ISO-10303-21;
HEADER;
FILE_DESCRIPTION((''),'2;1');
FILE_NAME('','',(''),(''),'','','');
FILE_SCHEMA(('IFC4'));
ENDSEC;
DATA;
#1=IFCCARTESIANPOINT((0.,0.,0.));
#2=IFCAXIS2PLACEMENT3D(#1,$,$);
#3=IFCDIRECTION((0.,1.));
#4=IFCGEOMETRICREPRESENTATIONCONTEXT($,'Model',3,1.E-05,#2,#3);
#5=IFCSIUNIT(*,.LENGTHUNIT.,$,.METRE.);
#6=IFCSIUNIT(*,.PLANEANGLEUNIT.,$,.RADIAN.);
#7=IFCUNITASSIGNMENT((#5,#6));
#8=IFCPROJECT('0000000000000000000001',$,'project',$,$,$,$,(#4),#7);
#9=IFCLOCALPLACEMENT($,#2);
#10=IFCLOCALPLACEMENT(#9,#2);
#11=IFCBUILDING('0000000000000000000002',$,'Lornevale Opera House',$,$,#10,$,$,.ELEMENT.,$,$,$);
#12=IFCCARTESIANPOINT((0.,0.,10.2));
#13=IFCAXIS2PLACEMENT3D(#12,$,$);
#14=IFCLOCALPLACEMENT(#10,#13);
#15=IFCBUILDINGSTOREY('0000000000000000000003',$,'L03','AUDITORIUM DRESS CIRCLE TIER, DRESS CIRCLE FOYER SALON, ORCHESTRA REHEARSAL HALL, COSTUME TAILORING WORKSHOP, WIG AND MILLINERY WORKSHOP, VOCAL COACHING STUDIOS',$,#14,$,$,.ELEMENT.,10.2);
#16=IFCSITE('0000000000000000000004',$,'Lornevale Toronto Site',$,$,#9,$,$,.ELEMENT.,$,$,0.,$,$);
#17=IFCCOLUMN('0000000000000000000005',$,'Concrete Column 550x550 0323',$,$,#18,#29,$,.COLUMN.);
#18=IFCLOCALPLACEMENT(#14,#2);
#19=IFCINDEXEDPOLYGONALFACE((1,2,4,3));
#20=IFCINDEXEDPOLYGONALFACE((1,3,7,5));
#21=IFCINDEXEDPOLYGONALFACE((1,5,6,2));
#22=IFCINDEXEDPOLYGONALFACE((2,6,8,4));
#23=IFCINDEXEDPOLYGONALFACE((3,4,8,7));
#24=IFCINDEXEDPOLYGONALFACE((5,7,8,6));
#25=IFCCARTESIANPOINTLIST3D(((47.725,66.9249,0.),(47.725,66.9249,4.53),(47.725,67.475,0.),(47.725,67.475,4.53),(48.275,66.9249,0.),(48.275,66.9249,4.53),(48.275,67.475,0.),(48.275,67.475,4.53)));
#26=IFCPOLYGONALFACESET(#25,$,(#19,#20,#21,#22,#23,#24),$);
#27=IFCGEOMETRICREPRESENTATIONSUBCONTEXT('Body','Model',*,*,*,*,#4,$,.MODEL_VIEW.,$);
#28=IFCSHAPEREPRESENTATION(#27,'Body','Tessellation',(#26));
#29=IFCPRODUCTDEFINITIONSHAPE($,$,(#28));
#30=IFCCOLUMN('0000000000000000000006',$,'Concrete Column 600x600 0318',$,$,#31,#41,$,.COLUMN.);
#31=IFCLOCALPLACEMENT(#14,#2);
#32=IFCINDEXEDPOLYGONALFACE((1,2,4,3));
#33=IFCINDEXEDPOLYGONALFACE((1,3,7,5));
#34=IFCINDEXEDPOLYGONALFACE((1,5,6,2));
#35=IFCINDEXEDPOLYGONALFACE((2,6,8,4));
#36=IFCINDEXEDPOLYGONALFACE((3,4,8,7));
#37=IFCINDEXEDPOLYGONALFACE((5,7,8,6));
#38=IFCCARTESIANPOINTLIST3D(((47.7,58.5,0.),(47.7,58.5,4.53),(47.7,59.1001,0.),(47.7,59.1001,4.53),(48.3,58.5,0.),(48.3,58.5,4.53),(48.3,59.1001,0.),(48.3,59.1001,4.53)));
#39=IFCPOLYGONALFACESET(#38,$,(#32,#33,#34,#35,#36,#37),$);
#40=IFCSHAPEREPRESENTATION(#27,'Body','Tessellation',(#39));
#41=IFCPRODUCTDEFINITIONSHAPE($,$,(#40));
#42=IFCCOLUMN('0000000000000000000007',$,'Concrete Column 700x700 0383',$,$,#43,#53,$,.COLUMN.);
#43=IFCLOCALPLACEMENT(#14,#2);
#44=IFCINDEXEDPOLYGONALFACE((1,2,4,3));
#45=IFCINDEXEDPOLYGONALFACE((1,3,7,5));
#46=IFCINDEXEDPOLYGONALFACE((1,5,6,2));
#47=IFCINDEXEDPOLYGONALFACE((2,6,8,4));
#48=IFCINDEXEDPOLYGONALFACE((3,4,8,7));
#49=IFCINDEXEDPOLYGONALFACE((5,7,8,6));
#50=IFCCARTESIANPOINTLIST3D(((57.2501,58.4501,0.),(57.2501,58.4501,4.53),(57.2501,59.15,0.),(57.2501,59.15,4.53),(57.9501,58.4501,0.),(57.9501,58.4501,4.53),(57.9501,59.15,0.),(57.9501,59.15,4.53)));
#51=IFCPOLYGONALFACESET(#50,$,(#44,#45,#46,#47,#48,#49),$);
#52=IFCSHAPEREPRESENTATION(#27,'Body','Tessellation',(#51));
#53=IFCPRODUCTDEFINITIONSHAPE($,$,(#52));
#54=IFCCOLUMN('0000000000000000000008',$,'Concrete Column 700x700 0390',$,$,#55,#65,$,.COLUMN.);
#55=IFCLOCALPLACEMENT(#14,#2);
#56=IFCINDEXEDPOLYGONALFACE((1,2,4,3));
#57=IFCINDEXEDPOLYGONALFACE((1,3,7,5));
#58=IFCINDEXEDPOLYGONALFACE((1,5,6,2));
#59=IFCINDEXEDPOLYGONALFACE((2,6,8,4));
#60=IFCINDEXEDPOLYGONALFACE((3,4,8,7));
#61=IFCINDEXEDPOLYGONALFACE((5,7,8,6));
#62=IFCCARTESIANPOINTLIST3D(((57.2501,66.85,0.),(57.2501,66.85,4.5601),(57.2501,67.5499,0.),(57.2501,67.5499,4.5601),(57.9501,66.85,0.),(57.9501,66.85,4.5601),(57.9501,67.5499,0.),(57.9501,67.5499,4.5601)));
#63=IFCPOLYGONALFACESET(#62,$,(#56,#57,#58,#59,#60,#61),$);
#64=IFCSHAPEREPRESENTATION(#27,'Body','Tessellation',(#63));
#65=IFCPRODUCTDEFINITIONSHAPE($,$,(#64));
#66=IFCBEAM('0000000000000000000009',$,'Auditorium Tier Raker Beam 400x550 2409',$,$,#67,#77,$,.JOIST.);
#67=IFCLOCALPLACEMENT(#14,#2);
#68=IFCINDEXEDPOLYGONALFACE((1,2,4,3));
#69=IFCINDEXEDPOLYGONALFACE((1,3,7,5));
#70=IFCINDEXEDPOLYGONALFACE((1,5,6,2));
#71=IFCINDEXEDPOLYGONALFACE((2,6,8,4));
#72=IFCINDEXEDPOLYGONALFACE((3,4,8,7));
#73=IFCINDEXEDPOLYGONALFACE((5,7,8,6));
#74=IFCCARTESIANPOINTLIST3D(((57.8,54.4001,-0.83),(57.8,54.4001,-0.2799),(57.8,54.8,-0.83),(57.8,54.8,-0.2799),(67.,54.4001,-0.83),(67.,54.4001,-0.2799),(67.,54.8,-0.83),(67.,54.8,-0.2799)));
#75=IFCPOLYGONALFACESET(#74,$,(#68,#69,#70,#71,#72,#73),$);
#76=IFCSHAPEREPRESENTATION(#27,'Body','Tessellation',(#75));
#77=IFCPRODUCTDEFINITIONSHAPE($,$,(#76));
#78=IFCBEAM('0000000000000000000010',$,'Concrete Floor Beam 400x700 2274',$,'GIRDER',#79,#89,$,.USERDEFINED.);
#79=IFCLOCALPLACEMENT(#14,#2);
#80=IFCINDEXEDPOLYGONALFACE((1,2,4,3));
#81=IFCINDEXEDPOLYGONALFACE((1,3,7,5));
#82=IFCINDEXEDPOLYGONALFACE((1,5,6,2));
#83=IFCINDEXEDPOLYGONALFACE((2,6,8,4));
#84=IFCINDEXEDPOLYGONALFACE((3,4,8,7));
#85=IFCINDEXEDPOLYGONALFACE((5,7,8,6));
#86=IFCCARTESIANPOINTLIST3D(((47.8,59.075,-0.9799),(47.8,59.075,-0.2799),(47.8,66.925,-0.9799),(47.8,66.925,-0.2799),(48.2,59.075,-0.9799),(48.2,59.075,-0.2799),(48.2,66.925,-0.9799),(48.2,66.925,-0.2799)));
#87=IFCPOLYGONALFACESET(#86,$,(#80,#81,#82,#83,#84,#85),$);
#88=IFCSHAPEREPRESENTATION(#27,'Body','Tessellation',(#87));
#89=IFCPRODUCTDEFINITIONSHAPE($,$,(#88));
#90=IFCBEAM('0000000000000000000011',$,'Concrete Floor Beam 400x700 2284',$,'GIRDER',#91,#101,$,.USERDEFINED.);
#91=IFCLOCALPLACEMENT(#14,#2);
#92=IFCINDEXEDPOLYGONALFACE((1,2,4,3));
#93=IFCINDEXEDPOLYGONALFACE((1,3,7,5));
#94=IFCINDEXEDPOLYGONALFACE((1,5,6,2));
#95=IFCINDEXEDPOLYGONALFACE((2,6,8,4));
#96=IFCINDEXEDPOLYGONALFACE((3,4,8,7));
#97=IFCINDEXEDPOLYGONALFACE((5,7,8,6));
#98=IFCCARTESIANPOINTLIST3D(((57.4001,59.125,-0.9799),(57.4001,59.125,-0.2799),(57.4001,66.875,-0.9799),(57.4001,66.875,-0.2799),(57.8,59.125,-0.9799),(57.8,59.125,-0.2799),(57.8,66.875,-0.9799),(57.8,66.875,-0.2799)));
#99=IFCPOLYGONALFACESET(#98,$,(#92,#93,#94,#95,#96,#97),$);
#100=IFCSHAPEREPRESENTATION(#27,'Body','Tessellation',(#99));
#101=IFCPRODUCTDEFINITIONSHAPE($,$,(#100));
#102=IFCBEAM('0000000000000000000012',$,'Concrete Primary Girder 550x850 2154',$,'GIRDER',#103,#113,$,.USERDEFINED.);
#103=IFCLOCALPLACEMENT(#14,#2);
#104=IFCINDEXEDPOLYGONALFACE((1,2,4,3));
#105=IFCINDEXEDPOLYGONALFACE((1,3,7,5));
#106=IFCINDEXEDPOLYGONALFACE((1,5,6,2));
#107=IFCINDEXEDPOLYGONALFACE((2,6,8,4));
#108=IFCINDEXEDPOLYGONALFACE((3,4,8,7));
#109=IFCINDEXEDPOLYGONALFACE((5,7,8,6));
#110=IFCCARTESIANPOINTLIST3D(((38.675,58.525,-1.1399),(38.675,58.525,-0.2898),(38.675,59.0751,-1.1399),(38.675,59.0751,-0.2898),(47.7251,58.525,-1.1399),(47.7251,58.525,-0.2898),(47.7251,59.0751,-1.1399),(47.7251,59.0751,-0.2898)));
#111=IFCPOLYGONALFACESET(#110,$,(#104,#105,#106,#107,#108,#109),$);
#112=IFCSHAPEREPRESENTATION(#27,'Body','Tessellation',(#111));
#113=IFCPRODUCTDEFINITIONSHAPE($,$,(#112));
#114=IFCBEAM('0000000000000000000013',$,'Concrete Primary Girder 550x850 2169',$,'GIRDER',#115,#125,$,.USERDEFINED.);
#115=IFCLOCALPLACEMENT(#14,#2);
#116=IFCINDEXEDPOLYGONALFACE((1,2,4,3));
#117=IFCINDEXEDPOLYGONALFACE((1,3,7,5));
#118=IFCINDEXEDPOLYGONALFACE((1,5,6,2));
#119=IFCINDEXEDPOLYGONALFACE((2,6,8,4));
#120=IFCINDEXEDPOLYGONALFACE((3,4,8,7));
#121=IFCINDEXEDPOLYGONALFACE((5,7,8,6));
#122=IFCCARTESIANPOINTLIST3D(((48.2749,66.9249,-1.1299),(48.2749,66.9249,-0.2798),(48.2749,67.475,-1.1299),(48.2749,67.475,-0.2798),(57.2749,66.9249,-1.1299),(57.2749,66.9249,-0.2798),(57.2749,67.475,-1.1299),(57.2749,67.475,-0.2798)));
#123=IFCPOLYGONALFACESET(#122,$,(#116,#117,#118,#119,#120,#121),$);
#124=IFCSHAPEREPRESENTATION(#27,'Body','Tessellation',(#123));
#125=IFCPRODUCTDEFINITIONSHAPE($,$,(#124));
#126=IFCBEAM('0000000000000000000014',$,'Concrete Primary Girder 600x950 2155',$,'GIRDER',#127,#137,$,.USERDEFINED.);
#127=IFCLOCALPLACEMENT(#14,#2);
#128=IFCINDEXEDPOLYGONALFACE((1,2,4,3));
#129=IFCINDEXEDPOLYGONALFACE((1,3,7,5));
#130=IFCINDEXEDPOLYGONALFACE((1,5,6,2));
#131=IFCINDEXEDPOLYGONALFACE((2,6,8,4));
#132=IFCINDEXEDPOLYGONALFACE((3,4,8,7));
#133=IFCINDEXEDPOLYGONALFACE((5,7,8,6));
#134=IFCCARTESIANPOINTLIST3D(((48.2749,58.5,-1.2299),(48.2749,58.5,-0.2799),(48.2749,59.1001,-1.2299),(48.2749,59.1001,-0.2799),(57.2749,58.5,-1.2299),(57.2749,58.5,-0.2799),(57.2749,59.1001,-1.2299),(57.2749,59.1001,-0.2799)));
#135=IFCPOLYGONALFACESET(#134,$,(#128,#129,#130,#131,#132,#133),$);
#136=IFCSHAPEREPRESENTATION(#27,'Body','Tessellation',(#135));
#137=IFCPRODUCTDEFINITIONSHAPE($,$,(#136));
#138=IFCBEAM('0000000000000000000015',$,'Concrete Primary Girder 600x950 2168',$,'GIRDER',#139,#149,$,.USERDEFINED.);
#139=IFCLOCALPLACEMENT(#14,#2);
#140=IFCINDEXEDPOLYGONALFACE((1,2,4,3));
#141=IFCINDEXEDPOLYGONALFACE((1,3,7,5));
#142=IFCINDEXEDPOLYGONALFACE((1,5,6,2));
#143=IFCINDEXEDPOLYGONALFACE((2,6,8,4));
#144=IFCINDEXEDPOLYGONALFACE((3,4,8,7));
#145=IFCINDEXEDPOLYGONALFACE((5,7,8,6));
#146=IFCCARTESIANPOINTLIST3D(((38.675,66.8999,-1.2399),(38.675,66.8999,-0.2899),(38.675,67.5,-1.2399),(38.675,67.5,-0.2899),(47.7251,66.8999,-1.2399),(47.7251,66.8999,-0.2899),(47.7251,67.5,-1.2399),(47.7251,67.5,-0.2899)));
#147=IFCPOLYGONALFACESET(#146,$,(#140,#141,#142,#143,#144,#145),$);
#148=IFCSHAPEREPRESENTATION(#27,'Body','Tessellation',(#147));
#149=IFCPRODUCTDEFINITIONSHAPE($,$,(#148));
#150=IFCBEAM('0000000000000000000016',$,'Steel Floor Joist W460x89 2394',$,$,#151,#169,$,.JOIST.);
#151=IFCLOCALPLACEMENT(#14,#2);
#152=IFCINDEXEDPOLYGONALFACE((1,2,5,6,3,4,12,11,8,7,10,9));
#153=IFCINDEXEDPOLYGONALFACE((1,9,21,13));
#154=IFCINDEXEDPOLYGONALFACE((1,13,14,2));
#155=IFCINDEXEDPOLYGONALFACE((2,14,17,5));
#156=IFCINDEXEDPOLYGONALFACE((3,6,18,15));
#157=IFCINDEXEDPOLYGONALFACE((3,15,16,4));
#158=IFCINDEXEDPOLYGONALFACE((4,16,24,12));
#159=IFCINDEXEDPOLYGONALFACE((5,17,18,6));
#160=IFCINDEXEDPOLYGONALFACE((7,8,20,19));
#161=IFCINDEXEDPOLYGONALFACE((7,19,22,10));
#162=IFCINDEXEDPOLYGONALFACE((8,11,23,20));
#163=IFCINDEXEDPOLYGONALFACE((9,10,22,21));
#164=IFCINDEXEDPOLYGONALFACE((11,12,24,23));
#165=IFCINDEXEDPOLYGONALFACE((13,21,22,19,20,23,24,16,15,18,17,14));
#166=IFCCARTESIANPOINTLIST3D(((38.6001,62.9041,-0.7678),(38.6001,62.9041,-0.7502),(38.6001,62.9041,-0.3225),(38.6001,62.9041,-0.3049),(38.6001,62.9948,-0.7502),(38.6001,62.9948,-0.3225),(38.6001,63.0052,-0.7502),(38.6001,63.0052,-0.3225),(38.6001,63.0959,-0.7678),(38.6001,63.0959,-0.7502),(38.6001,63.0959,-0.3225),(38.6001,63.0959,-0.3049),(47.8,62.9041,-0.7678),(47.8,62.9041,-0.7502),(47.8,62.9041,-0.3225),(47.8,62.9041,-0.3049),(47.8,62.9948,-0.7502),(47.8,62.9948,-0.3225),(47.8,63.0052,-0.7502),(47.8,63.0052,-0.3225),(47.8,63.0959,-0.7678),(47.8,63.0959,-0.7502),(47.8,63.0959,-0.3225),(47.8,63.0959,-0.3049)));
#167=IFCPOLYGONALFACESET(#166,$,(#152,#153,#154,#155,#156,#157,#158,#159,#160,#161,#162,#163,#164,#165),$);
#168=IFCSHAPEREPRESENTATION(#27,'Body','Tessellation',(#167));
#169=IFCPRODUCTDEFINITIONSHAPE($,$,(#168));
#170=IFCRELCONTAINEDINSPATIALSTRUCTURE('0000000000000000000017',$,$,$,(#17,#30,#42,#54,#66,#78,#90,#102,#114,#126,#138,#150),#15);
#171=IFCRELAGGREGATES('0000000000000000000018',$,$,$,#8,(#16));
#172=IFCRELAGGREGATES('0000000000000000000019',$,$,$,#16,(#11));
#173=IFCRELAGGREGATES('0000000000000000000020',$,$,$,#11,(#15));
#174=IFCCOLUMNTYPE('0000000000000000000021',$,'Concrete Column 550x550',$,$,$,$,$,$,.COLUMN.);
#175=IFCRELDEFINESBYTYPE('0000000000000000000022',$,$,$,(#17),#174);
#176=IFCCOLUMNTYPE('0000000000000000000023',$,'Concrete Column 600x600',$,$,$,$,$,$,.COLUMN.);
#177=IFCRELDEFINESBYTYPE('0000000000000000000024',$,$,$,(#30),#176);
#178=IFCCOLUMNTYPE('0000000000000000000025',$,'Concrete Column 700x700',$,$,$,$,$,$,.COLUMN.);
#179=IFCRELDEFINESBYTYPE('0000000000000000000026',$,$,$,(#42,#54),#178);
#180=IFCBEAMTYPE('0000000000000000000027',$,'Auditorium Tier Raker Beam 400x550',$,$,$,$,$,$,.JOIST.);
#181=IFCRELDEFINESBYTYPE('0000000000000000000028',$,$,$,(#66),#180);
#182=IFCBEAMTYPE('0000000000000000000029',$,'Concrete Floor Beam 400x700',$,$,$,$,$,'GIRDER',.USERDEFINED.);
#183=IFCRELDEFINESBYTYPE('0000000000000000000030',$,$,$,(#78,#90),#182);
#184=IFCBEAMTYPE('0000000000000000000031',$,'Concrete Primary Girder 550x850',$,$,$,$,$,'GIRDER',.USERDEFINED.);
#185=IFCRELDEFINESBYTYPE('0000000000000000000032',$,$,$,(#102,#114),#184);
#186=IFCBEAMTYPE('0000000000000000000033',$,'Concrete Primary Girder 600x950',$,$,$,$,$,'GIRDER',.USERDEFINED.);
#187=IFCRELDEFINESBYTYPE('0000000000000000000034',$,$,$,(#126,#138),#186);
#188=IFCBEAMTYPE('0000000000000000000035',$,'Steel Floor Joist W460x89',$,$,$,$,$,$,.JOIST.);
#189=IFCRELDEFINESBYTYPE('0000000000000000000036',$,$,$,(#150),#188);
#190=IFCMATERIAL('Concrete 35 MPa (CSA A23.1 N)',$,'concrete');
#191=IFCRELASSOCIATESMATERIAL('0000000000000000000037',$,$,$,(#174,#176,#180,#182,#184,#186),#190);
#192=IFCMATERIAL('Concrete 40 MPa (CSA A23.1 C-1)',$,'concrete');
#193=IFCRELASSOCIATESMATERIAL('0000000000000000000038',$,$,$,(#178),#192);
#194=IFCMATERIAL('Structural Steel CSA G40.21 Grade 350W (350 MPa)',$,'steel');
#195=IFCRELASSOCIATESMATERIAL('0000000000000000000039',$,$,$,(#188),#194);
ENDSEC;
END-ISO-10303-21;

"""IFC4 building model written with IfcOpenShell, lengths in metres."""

from ifc_helpers import new_model, si_unit, direction, frame, origin, origin_2d, place, context, subcontext, project, spatial, rectangle, i_section, extrude, material, material_profile, profile_set, type_object, element, save


model = new_model("IFC4")

# Units and contexts
model_context = context("Model", 3, precision=1e-05, world=origin(), true_north=direction((0.0, 1.0)))
body_context = subcontext(model_context, "Body", "Model", "MODEL_VIEW")
ifc_project = project(units=[si_unit("LENGTHUNIT", "METRE"), si_unit("PLANEANGLEUNIT", "RADIAN")], contexts=[model_context])

# Site, building, storey
site_placement = place(None, origin())
site = spatial("IfcSite", under=ifc_project, at=site_placement, Name="Lornevale Toronto Site", CompositionType="ELEMENT", RefElevation=0.0)
building_placement = place(site_placement, origin())
building = spatial("IfcBuilding", under=site, at=building_placement, Name="Lornevale Opera House", CompositionType="ELEMENT")
storey_placement = place(building_placement, frame((0.0, 0.0, 10.2)))
storey = spatial("IfcBuildingStorey", under=building, at=storey_placement, Name="L03", Description="AUDITORIUM DRESS CIRCLE TIER, DRESS CIRCLE FOYER SALON, ORCHESTRA REHEARSAL HALL, COSTUME TAILORING WORKSHOP, WIG AND MILLINERY WORKSHOP, VOCAL COACHING STUDIOS", CompositionType="ELEMENT", Elevation=10.2)

# Columns
ifc_material_1 = material(Name="Concrete 35 MPa (CSA A23.1 N)", Category="concrete")
ifc_material_profile_1 = material_profile(ifc_material_1, rectangle(XDim=0.55, YDim=0.55, at=origin_2d()), Name="RC550x550")
ifc_profile_set_1 = profile_set([ifc_material_profile_1], Name="Concrete 35 MPa (CSA A23.1 N)")
column_type_1 = type_object("IfcColumnType", Name="Concrete Column 550x550", PredefinedType="COLUMN", material=ifc_profile_set_1)
column_1_placement = place(storey_placement, frame((48.0, 67.2, 0.0), z_axis=(0.0, 0.0, 1.0), x_axis=(1.0, 0.0, 0.0)))
element("IfcColumn", 1, at=column_1_placement, inside=storey, type_object=column_type_1, Name="Concrete Column 550x550 0323", PredefinedType="COLUMN", context=body_context, shape_type="SweptSolid", body=[
    extrude(rectangle(XDim=0.55, YDim=0.55, at=origin_2d()), origin(), (0.0, 0.0, 1.0), 4.53),
])
ifc_material_profile_2 = material_profile(ifc_material_1, rectangle(XDim=0.6001, YDim=0.6001, at=origin_2d()), Name="RC600x600")
ifc_profile_set_2 = profile_set([ifc_material_profile_2], Name="Concrete 35 MPa (CSA A23.1 N)")
column_type_2 = type_object("IfcColumnType", Name="Concrete Column 600x600", PredefinedType="COLUMN", material=ifc_profile_set_2)
column_2_placement = place(storey_placement, frame((48.0, 58.8, 0.0), z_axis=(0.0, 0.0, 1.0), x_axis=(1.0, 0.0, 0.0)))
element("IfcColumn", 2, at=column_2_placement, inside=storey, type_object=column_type_2, Name="Concrete Column 600x600 0318", PredefinedType="COLUMN", context=body_context, shape_type="SweptSolid", body=[
    extrude(rectangle(XDim=0.6001, YDim=0.6001, at=origin_2d()), origin(), (0.0, 0.0, 1.0), 4.53),
])
ifc_material_2 = material(Name="Concrete 40 MPa (CSA A23.1 C-1)", Category="concrete")
ifc_material_profile_3 = material_profile(ifc_material_2, rectangle(XDim=0.7, YDim=0.7, at=origin_2d()), Name="RC700x700")
ifc_profile_set_3 = profile_set([ifc_material_profile_3], Name="Concrete 40 MPa (CSA A23.1 C-1)")
column_type_3 = type_object("IfcColumnType", Name="Concrete Column 700x700", PredefinedType="COLUMN", material=ifc_profile_set_3)
column_3_placement = place(storey_placement, frame((57.6001, 58.8, 0.0), z_axis=(0.0, 0.0, 1.0), x_axis=(1.0, 0.0, 0.0)))
element("IfcColumn", 3, at=column_3_placement, inside=storey, type_object=column_type_3, Name="Concrete Column 700x700 0383", PredefinedType="COLUMN", context=body_context, shape_type="SweptSolid", body=[
    extrude(rectangle(XDim=0.7, YDim=0.7, at=origin_2d()), origin(), (0.0, 0.0, 1.0), 4.53),
])
column_4_placement = place(storey_placement, frame((57.6001, 67.2, 0.0), z_axis=(0.0, 0.0, 1.0), x_axis=(1.0, 0.0, 0.0)))
element("IfcColumn", 4, at=column_4_placement, inside=storey, type_object=column_type_3, Name="Concrete Column 700x700 0390", PredefinedType="COLUMN", context=body_context, shape_type="SweptSolid", body=[
    extrude(rectangle(XDim=0.7, YDim=0.7, at=origin_2d()), origin(), (0.0, 0.0, 1.0), 4.5601),
])

# Beams
ifc_material_profile_4 = material_profile(ifc_material_1, rectangle(XDim=0.3999, YDim=0.55, at=origin_2d()), Name="RC400x550")
ifc_profile_set_4 = profile_set([ifc_material_profile_4], Name="Concrete 35 MPa (CSA A23.1 N)")
beam_type_1 = type_object("IfcBeamType", Name="Auditorium Tier Raker Beam 400x550", PredefinedType="JOIST", material=ifc_profile_set_4)
beam_1_placement = place(storey_placement, frame((57.8, 54.6001, -0.5549), z_axis=(1.0, 0.0, 0.0), x_axis=(0.0, 1.0, 0.0)))
element("IfcBeam", 5, at=beam_1_placement, inside=storey, type_object=beam_type_1, Name="Auditorium Tier Raker Beam 400x550 2409", PredefinedType="JOIST", context=body_context, shape_type="SweptSolid", body=[
    extrude(rectangle(XDim=0.3999, YDim=0.55, at=origin_2d()), origin(), (0.0, 0.0, 1.0), 9.2),
])
ifc_material_profile_5 = material_profile(ifc_material_1, rectangle(XDim=0.3999, YDim=0.7, at=origin_2d()), Name="RC400x700")
ifc_profile_set_5 = profile_set([ifc_material_profile_5], Name="Concrete 35 MPa (CSA A23.1 N)")
beam_type_2 = type_object("IfcBeamType", Name="Concrete Floor Beam 400x700", ElementType="GIRDER", PredefinedType="USERDEFINED", material=ifc_profile_set_5)
beam_2_placement = place(storey_placement, frame((48.0, 59.075, -0.6299), z_axis=(0.0, 1.0, 0.0), x_axis=(-1.0, 0.0, 0.0)))
element("IfcBeam", 6, at=beam_2_placement, inside=storey, type_object=beam_type_2, Name="Concrete Floor Beam 400x700 2274", ObjectType="GIRDER", PredefinedType="USERDEFINED", context=body_context, shape_type="SweptSolid", body=[
    extrude(rectangle(XDim=0.3999, YDim=0.7, at=origin_2d()), origin(), (0.0, 0.0, 1.0), 7.8501),
])
beam_3_placement = place(storey_placement, frame((57.6001, 59.125, -0.6299), z_axis=(0.0, 1.0, 0.0), x_axis=(-1.0, 0.0, 0.0)))
element("IfcBeam", 7, at=beam_3_placement, inside=storey, type_object=beam_type_2, Name="Concrete Floor Beam 400x700 2284", ObjectType="GIRDER", PredefinedType="USERDEFINED", context=body_context, shape_type="SweptSolid", body=[
    extrude(rectangle(XDim=0.3999, YDim=0.7, at=origin_2d()), origin(), (0.0, 0.0, 1.0), 7.75),
])
ifc_material_profile_6 = material_profile(ifc_material_1, rectangle(XDim=0.55, YDim=0.8501, at=origin_2d()), Name="RC550x850")
ifc_profile_set_6 = profile_set([ifc_material_profile_6], Name="Concrete 35 MPa (CSA A23.1 N)")
beam_type_3 = type_object("IfcBeamType", Name="Concrete Primary Girder 550x850", ElementType="GIRDER", PredefinedType="USERDEFINED", material=ifc_profile_set_6)
beam_4_placement = place(storey_placement, frame((38.675, 58.8, -0.7148), z_axis=(1.0, 0.0, 0.0), x_axis=(0.0, 1.0, 0.0)))
element("IfcBeam", 8, at=beam_4_placement, inside=storey, type_object=beam_type_3, Name="Concrete Primary Girder 550x850 2154", ObjectType="GIRDER", PredefinedType="USERDEFINED", context=body_context, shape_type="SweptSolid", body=[
    extrude(rectangle(XDim=0.55, YDim=0.8501, at=origin_2d()), origin(), (0.0, 0.0, 1.0), 9.05),
])
beam_5_placement = place(storey_placement, frame((48.2749, 67.2, -0.7048), z_axis=(1.0, 0.0, 0.0), x_axis=(0.0, 1.0, 0.0)))
element("IfcBeam", 9, at=beam_5_placement, inside=storey, type_object=beam_type_3, Name="Concrete Primary Girder 550x850 2169", ObjectType="GIRDER", PredefinedType="USERDEFINED", context=body_context, shape_type="SweptSolid", body=[
    extrude(rectangle(XDim=0.55, YDim=0.8501, at=origin_2d()), origin(), (0.0, 0.0, 1.0), 9.0),
])
ifc_material_profile_7 = material_profile(ifc_material_1, rectangle(XDim=0.6001, YDim=0.95, at=origin_2d()), Name="RC600x950")
ifc_profile_set_7 = profile_set([ifc_material_profile_7], Name="Concrete 35 MPa (CSA A23.1 N)")
beam_type_4 = type_object("IfcBeamType", Name="Concrete Primary Girder 600x950", ElementType="GIRDER", PredefinedType="USERDEFINED", material=ifc_profile_set_7)
beam_6_placement = place(storey_placement, frame((48.2749, 58.8, -0.7549), z_axis=(1.0, 0.0, 0.0), x_axis=(0.0, 1.0, 0.0)))
element("IfcBeam", 10, at=beam_6_placement, inside=storey, type_object=beam_type_4, Name="Concrete Primary Girder 600x950 2155", ObjectType="GIRDER", PredefinedType="USERDEFINED", context=body_context, shape_type="SweptSolid", body=[
    extrude(rectangle(XDim=0.6001, YDim=0.95, at=origin_2d()), origin(), (0.0, 0.0, 1.0), 9.0),
])
beam_7_placement = place(storey_placement, frame((38.675, 67.2, -0.7649), z_axis=(1.0, 0.0, 0.0), x_axis=(0.0, 1.0, 0.0)))
element("IfcBeam", 11, at=beam_7_placement, inside=storey, type_object=beam_type_4, Name="Concrete Primary Girder 600x950 2168", ObjectType="GIRDER", PredefinedType="USERDEFINED", context=body_context, shape_type="SweptSolid", body=[
    extrude(rectangle(XDim=0.6001, YDim=0.95, at=origin_2d()), origin(), (0.0, 0.0, 1.0), 9.05),
])
ifc_material_3 = material(Name="Structural Steel CSA G40.21 Grade 350W (350 MPa)", Category="steel")
ifc_material_profile_8 = material_profile(ifc_material_3, i_section(OverallWidth=0.1919, OverallDepth=0.4629, WebThickness=0.0105, FlangeThickness=0.0176, at=origin_2d()), Name="W460x89")
ifc_profile_set_8 = profile_set([ifc_material_profile_8], Name="Structural Steel CSA G40.21 Grade 350W (350 MPa)")
beam_type_5 = type_object("IfcBeamType", Name="Steel Floor Joist W460x89", PredefinedType="JOIST", material=ifc_profile_set_8)
for number, where, z_axis, x_axis, name in (
    (12, (38.6001, 63.0, -0.5364), (1.0, 0.0, 0.0), (0.0, 1.0, 0.0), "Steel Floor Joist W460x89 2394"),
):
    element("IfcBeam", number, at=place(storey_placement, frame(where, z_axis=z_axis, x_axis=x_axis)), inside=storey, type_object=beam_type_5, Name=name, PredefinedType="JOIST", context=body_context, shape_type="SweptSolid", body=[
        extrude(i_section(OverallWidth=0.1919, OverallDepth=0.4629, WebThickness=0.0105, FlangeThickness=0.0176, at=origin_2d()), origin(), (0.0, 0.0, 1.0), 9.2),
    ])

save(model, "model.ifc")
